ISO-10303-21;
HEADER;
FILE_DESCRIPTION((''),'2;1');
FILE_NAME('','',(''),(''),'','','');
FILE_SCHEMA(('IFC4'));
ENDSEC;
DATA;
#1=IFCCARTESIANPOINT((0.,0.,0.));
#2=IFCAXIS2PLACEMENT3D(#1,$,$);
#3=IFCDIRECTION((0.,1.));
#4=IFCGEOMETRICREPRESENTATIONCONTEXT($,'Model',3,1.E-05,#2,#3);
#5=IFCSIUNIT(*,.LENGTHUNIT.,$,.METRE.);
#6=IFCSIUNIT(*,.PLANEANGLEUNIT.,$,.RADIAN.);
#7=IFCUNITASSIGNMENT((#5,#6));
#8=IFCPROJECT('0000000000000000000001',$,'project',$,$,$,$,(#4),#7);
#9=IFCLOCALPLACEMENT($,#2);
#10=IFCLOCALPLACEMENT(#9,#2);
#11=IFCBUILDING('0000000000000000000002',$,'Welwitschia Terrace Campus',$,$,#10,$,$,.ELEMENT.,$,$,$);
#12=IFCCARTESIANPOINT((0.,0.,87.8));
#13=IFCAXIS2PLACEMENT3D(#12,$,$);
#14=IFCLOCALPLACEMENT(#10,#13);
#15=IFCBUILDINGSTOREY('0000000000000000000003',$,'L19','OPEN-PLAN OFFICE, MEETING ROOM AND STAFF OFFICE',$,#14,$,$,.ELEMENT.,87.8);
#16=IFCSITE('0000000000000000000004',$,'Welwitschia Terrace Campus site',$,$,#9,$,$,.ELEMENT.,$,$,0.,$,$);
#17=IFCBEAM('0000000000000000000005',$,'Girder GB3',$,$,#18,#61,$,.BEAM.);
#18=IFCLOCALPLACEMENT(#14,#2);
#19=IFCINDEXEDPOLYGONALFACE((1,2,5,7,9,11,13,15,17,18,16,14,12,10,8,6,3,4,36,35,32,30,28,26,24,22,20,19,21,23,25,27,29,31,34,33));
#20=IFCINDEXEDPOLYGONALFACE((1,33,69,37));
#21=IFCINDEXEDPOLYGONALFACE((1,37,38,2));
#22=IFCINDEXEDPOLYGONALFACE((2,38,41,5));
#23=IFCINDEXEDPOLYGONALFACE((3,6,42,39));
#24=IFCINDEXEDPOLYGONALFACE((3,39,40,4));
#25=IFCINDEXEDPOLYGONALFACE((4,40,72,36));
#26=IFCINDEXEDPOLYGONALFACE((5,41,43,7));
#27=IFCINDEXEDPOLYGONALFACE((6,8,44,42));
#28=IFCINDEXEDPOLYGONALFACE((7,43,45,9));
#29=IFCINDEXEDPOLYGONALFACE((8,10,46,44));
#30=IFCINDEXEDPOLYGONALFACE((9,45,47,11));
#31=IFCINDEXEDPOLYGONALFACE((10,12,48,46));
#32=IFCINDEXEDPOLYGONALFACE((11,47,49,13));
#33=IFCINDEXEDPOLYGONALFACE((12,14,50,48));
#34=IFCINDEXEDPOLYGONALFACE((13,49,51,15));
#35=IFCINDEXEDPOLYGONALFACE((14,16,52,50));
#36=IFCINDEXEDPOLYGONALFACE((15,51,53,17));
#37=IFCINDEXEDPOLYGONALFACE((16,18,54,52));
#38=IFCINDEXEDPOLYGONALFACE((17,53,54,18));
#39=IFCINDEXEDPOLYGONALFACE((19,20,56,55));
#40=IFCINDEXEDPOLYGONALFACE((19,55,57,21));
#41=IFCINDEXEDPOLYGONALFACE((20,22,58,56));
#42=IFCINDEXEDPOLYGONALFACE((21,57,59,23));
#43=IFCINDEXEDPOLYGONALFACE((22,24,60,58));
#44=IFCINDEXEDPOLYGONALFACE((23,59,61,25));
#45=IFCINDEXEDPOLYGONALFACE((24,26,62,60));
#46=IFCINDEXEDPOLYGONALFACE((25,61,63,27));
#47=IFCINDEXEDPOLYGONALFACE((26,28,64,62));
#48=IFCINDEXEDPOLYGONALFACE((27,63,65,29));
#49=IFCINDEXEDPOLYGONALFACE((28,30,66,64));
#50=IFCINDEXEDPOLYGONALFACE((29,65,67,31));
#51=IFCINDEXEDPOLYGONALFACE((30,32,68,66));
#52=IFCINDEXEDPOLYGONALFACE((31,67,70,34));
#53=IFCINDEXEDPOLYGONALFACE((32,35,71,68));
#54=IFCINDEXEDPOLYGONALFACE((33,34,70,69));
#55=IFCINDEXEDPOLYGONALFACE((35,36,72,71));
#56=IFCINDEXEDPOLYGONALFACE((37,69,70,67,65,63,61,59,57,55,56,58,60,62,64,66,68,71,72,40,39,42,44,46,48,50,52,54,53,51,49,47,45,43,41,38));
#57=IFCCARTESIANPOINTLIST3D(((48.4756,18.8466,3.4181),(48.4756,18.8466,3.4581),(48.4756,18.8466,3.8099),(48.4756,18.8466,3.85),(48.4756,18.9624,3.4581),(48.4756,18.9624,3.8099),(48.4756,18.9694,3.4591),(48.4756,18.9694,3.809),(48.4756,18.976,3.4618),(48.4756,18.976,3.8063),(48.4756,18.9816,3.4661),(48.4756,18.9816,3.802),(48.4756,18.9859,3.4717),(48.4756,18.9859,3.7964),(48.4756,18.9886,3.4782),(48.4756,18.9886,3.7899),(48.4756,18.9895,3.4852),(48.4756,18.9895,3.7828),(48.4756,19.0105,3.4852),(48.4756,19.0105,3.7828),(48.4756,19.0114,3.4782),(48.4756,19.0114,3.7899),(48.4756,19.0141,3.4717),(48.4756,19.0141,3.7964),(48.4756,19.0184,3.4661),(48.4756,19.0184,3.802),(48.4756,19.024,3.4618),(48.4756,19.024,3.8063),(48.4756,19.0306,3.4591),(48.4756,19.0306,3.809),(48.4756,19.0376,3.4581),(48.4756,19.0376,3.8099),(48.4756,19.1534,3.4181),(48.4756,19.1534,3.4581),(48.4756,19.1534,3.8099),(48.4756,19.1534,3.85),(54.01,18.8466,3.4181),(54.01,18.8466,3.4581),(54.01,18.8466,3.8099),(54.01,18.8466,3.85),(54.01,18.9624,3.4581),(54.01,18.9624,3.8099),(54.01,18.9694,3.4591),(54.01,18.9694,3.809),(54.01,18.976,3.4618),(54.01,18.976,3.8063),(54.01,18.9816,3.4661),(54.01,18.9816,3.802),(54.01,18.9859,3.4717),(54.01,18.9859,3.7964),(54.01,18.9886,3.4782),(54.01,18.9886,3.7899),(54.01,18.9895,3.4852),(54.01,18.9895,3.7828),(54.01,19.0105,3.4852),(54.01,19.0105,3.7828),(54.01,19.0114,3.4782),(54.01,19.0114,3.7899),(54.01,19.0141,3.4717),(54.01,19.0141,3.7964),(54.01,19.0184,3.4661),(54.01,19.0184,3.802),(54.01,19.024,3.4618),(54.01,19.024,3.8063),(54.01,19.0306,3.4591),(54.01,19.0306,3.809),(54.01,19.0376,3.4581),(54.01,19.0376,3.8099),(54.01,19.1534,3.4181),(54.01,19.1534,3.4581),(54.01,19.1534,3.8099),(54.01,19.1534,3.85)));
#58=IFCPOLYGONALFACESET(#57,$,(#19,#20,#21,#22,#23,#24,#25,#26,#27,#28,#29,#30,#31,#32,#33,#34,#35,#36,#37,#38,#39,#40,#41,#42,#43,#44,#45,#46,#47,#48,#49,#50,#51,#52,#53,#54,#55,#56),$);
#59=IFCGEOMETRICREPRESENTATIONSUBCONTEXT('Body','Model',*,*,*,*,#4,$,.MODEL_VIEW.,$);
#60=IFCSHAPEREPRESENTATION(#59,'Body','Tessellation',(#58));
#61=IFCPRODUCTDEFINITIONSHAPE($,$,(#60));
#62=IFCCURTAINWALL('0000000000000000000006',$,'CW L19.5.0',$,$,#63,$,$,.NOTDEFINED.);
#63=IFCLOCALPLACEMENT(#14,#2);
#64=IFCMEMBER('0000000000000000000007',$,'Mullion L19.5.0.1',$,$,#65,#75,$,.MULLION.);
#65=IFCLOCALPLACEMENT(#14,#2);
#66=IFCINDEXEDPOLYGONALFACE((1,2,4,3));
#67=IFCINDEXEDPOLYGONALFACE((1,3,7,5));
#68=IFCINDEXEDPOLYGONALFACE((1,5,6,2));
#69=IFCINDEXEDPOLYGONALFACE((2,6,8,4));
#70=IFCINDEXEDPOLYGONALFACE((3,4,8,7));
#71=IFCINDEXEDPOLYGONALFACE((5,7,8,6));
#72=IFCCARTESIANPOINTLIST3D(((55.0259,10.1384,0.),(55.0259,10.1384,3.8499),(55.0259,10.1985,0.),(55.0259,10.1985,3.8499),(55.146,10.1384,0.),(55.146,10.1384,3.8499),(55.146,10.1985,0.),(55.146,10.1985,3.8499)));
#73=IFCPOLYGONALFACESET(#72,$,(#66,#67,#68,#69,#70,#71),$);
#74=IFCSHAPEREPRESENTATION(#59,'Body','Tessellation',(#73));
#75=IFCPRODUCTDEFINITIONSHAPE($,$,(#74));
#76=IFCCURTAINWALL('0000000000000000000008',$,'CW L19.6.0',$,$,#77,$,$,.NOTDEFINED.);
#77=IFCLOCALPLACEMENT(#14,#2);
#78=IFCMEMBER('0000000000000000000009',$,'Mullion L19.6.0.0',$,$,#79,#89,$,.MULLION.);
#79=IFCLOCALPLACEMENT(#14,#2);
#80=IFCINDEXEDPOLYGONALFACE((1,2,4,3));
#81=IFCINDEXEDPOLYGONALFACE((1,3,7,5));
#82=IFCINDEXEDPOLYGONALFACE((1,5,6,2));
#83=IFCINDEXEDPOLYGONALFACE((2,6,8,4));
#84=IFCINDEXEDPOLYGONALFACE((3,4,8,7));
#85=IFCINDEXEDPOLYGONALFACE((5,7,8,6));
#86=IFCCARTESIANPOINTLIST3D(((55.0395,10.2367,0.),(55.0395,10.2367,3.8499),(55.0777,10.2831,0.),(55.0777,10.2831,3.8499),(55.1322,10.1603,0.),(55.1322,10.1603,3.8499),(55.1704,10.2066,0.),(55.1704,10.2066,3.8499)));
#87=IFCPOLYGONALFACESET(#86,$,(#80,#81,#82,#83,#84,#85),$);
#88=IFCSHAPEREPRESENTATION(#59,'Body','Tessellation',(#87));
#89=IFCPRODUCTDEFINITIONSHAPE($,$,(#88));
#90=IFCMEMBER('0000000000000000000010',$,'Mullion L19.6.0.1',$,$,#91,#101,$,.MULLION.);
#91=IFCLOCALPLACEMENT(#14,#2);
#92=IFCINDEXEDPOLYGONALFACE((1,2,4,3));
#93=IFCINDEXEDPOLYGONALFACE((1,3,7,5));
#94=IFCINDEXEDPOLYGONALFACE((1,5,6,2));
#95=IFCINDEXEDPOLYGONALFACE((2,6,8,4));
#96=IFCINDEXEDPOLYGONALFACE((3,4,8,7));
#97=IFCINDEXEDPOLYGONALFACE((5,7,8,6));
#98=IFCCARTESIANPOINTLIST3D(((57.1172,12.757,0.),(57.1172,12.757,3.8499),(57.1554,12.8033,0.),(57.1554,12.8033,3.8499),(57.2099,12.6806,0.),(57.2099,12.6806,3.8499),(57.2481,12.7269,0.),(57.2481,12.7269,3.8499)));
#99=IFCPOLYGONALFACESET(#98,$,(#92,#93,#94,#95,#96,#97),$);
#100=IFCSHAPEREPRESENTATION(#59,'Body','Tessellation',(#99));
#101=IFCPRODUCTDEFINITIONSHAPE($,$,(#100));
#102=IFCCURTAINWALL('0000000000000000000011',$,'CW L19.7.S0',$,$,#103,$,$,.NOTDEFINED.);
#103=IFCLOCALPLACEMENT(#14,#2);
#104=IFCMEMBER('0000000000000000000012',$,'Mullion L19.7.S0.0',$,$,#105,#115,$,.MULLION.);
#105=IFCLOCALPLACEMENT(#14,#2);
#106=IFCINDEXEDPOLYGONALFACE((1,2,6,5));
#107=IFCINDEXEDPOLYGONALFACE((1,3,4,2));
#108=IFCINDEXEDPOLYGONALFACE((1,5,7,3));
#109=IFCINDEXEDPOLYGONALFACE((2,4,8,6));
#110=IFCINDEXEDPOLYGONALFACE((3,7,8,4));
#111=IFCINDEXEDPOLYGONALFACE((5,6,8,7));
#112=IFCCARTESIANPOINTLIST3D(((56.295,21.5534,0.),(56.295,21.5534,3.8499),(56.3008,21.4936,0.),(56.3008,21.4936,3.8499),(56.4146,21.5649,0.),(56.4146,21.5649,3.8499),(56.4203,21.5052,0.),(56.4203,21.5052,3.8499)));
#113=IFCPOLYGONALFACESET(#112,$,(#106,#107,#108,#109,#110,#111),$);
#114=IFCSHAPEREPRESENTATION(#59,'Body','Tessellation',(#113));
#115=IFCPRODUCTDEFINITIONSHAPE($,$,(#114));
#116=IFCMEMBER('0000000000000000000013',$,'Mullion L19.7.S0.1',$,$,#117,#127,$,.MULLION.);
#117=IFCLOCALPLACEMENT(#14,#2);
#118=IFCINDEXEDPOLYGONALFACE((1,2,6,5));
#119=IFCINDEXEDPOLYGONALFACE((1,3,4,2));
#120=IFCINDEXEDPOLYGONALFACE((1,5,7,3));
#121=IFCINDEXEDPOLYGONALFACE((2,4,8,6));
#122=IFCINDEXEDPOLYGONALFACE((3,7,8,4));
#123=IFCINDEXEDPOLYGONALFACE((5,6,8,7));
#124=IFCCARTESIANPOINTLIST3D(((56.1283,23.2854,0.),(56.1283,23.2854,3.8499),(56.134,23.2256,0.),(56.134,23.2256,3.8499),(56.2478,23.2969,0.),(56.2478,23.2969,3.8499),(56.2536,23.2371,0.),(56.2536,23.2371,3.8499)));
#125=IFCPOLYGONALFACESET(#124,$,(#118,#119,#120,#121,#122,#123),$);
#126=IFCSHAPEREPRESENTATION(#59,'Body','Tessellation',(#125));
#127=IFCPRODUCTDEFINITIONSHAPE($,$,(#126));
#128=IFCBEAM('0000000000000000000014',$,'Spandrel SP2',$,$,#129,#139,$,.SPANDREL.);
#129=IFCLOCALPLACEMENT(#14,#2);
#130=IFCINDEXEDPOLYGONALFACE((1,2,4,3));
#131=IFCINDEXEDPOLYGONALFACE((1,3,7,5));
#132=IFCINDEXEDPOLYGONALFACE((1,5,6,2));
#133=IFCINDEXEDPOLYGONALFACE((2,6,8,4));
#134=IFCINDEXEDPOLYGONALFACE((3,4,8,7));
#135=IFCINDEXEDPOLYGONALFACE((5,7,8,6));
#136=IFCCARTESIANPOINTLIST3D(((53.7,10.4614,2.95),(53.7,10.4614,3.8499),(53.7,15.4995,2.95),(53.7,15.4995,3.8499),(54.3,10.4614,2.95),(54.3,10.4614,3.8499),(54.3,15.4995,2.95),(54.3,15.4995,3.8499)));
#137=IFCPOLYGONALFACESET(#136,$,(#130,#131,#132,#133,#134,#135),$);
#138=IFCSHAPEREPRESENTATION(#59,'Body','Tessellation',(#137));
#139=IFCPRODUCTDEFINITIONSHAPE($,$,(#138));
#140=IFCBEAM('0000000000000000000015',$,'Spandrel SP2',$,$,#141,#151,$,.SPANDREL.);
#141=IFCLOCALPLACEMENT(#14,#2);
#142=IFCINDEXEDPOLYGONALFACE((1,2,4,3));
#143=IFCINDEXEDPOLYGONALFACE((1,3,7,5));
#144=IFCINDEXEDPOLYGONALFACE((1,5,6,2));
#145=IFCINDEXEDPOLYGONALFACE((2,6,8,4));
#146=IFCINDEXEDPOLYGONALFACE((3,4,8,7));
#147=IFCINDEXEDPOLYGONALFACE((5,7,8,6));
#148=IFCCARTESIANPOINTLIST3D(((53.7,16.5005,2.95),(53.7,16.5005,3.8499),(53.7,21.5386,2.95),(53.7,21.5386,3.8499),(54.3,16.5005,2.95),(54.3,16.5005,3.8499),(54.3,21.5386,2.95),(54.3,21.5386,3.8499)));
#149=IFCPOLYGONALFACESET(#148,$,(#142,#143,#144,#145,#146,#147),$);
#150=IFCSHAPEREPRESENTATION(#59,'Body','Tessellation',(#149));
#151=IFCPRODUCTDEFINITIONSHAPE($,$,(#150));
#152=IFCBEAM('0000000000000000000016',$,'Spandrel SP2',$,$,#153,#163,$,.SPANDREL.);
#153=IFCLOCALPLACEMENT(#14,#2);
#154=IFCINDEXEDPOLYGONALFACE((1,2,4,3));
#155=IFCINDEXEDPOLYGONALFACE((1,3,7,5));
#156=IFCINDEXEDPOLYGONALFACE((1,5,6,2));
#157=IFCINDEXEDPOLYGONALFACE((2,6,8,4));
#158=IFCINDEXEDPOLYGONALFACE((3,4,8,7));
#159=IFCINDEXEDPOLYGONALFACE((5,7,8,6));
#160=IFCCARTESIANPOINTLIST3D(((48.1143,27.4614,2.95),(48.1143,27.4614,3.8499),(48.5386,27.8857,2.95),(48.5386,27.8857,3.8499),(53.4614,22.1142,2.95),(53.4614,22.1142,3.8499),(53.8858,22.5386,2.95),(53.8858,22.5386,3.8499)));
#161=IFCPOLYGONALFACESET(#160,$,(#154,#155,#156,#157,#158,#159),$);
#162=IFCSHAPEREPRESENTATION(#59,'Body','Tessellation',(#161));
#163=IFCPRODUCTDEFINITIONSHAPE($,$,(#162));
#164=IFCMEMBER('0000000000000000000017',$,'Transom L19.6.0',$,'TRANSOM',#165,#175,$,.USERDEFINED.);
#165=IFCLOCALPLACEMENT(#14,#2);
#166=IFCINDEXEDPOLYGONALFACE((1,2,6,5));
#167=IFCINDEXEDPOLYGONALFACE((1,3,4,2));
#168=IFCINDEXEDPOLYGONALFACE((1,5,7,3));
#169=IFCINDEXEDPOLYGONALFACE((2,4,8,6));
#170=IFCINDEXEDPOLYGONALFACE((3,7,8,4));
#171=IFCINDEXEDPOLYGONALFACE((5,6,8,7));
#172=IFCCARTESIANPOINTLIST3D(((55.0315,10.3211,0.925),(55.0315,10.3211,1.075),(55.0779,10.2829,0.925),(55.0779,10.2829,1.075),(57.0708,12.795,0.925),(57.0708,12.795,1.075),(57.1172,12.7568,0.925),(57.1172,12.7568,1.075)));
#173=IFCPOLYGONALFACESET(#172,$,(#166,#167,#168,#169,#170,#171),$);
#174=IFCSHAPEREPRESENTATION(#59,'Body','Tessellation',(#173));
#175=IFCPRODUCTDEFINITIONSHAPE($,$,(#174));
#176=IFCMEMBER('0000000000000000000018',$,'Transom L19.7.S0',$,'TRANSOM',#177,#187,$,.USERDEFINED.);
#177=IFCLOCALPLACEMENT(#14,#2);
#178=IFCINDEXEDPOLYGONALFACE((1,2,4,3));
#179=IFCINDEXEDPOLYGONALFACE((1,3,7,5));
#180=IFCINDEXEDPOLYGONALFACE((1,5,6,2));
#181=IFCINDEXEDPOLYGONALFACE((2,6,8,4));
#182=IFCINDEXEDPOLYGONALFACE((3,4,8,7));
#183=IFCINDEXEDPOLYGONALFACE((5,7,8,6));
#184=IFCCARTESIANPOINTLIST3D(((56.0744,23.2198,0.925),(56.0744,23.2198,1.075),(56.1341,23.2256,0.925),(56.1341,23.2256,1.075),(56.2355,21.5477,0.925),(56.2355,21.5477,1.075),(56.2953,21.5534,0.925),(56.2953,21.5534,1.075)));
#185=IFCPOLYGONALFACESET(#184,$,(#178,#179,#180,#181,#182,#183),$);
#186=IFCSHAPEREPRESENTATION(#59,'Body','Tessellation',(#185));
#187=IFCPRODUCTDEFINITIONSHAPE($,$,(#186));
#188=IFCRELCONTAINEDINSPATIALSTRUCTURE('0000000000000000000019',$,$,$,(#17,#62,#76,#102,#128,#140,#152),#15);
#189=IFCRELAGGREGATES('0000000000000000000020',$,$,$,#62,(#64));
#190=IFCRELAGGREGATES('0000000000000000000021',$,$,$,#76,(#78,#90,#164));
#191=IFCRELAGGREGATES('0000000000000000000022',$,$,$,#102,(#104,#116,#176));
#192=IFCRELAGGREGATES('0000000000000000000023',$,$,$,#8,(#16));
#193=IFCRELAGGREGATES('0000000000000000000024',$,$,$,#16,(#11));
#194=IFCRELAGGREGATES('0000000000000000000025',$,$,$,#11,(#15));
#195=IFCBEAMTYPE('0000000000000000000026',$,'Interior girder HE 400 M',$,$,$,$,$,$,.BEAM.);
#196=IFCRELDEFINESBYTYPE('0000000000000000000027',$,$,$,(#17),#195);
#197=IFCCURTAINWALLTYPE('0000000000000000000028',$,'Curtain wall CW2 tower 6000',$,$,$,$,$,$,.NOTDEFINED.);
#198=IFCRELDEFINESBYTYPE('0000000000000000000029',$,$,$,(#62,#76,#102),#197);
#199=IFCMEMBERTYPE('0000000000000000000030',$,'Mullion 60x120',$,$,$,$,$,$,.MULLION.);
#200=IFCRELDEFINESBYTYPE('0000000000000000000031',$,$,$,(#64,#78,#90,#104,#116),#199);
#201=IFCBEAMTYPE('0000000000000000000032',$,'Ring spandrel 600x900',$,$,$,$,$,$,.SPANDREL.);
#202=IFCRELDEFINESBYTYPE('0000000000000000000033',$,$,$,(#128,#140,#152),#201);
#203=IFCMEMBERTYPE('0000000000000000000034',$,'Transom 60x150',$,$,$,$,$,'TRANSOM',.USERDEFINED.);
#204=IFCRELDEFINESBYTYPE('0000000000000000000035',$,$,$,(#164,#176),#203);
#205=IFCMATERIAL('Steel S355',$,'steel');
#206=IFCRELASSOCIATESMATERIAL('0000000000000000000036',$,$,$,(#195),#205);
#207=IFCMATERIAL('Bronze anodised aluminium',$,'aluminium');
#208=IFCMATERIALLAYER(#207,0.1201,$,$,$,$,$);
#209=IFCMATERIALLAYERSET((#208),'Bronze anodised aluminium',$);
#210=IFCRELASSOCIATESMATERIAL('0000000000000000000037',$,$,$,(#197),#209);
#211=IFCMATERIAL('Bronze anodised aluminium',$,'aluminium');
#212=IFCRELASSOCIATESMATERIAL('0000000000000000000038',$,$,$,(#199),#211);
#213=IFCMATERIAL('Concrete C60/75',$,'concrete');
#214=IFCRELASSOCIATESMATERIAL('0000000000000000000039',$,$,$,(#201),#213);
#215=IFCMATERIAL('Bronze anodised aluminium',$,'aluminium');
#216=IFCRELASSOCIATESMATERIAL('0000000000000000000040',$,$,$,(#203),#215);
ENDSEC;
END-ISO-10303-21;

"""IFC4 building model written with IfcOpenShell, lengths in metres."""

from ifc_helpers import new_model, si_unit, direction, frame, origin, origin_2d, place, context, subcontext, project, spatial, rectangle, i_section, extrude, material, layer, layer_set, material_profile, profile_set, type_object, element, aggregate, save


model = new_model("IFC4")

# Units and contexts
model_context = context("Model", 3, precision=1e-05, world=origin(), true_north=direction((0.0, 1.0)))
body_context = subcontext(model_context, "Body", "Model", "MODEL_VIEW")
ifc_project = project(units=[si_unit("LENGTHUNIT", "METRE"), si_unit("PLANEANGLEUNIT", "RADIAN")], contexts=[model_context])

# Site, building, storey
site_placement = place(None, origin())
site = spatial("IfcSite", under=ifc_project, at=site_placement, Name="Welwitschia Terrace Campus site", CompositionType="ELEMENT", RefElevation=0.0)
building_placement = place(site_placement, origin())
building = spatial("IfcBuilding", under=site, at=building_placement, Name="Welwitschia Terrace Campus", CompositionType="ELEMENT")
storey_placement = place(building_placement, frame((0.0, 0.0, 87.8)))
storey = spatial("IfcBuildingStorey", under=building, at=storey_placement, Name="L19", Description="OPEN-PLAN OFFICE, MEETING ROOM AND STAFF OFFICE", CompositionType="ELEMENT", Elevation=87.8)

# Beam
ifc_material_1 = material(Name="Steel S355", Category="steel")
ifc_material_profile_1 = material_profile(ifc_material_1, i_section(OverallWidth=0.3069, OverallDepth=0.4319, WebThickness=0.021, FlangeThickness=0.04, FilletRadius=0.0271, at=origin_2d()))
ifc_profile_set_1 = profile_set([ifc_material_profile_1], Name="Steel S355")
beam_type_1 = type_object("IfcBeamType", Name="Interior girder HE 400 M", PredefinedType="BEAM", material=ifc_profile_set_1)
for number, where, z_axis, x_axis, name in (
    (1, (48.4756, 19.0, 3.634), (1.0, 0.0, 0.0), (0.0, 1.0, 0.0), "Girder GB3"),
):
    element("IfcBeam", number, at=place(storey_placement, frame(where, z_axis=z_axis, x_axis=x_axis)), inside=storey, type_object=beam_type_1, Name=name, PredefinedType="BEAM", context=body_context, shape_type="SweptSolid", body=[
        extrude(i_section(OverallWidth=0.3069, OverallDepth=0.4319, WebThickness=0.021, FlangeThickness=0.04, FilletRadius=0.0271, at=origin_2d()), origin(), (0.0, 0.0, 1.0), 5.5344),
    ])

# Curtain wall, member
ifc_material_2 = material(Name="Bronze anodised aluminium", Category="aluminium")
ifc_layer_1 = layer(ifc_material_2, 0.1201)
ifc_layer_set_1 = layer_set([ifc_layer_1], Name="Bronze anodised aluminium")
curtain_wall_type = type_object("IfcCurtainWallType", Name="Curtain wall CW2 tower 6000", PredefinedType="NOTDEFINED", material=ifc_layer_set_1)
curtain_wall_1_placement = place(storey_placement, origin())
curtain_wall_1 = element("IfcCurtainWall", 2, at=curtain_wall_1_placement, inside=storey, type_object=curtain_wall_type, Name="CW L19.5.0", PredefinedType="NOTDEFINED")
ifc_material_3 = material(Name="Bronze anodised aluminium", Category="aluminium")
ifc_material_profile_2 = material_profile(ifc_material_3, rectangle(XDim=0.1201, YDim=0.0601, at=origin_2d()))
ifc_profile_set_2 = profile_set([ifc_material_profile_2], Name="Bronze anodised aluminium")
member_type_1 = type_object("IfcMemberType", Name="Mullion 60x120", PredefinedType="MULLION", material=ifc_profile_set_2)
member_1_placement = place(storey_placement, frame((55.0859, 10.1685, 0.0), z_axis=(0.0, 0.0, 1.0), x_axis=(-1.0, 0.0, 0.0)))
member_1 = element("IfcMember", 3, at=member_1_placement, type_object=member_type_1, Name="Mullion L19.5.0.1", PredefinedType="MULLION", context=body_context, shape_type="SweptSolid", body=[
    extrude(rectangle(XDim=0.1201, YDim=0.0601, at=origin_2d()), origin(), (0.0, 0.0, 1.0), 3.8499),
])

# Curtain walls, members
curtain_wall_2_placement = place(storey_placement, origin())
curtain_wall_2 = element("IfcCurtainWall", 4, at=curtain_wall_2_placement, inside=storey, type_object=curtain_wall_type, Name="CW L19.6.0", PredefinedType="NOTDEFINED")
member_2_placement = place(storey_placement, frame((55.105, 10.2217, 0.0), z_axis=(0.0, 0.0, 1.0), x_axis=(-0.771625, 0.636078, 0.0)))
member_2 = element("IfcMember", 5, at=member_2_placement, type_object=member_type_1, Name="Mullion L19.6.0.0", PredefinedType="MULLION", context=body_context, shape_type="SweptSolid", body=[
    extrude(rectangle(XDim=0.1201, YDim=0.0601, at=origin_2d()), origin(), (0.0, 0.0, 1.0), 3.8499),
])
member_3_placement = place(storey_placement, frame((57.1826, 12.7419, 0.0), z_axis=(0.0, 0.0, 1.0), x_axis=(-0.771625, 0.636078, 0.0)))
member_3 = element("IfcMember", 6, at=member_3_placement, type_object=member_type_1, Name="Mullion L19.6.0.1", PredefinedType="MULLION", context=body_context, shape_type="SweptSolid", body=[
    extrude(rectangle(XDim=0.1201, YDim=0.0601, at=origin_2d()), origin(), (0.0, 0.0, 1.0), 3.8499),
])
curtain_wall_3_placement = place(storey_placement, origin())
curtain_wall_3 = element("IfcCurtainWall", 7, at=curtain_wall_3_placement, inside=storey, type_object=curtain_wall_type, Name="CW L19.7.S0", PredefinedType="NOTDEFINED")
member_4_placement = place(storey_placement, frame((56.3577, 21.5293, 0.0), z_axis=(0.0, 0.0, 1.0), x_axis=(-0.995396, -0.095846, 0.0)))
member_4 = element("IfcMember", 8, at=member_4_placement, type_object=member_type_1, Name="Mullion L19.7.S0.0", PredefinedType="MULLION", context=body_context, shape_type="SweptSolid", body=[
    extrude(rectangle(XDim=0.1201, YDim=0.0601, at=origin_2d()), origin(), (0.0, 0.0, 1.0), 3.8499),
])
member_5_placement = place(storey_placement, frame((56.1909, 23.2612, 0.0), z_axis=(0.0, 0.0, 1.0), x_axis=(-0.995396, -0.095846, 0.0)))
member_5 = element("IfcMember", 9, at=member_5_placement, type_object=member_type_1, Name="Mullion L19.7.S0.1", PredefinedType="MULLION", context=body_context, shape_type="SweptSolid", body=[
    extrude(rectangle(XDim=0.1201, YDim=0.0601, at=origin_2d()), origin(), (0.0, 0.0, 1.0), 3.8499),
])

# Beams
ifc_material_4 = material(Name="Concrete C60/75", Category="concrete")
ifc_material_profile_3 = material_profile(ifc_material_4, rectangle(XDim=0.6001, YDim=0.8999, at=origin_2d()))
ifc_profile_set_3 = profile_set([ifc_material_profile_3], Name="Concrete C60/75")
beam_type_2 = type_object("IfcBeamType", Name="Ring spandrel 600x900", PredefinedType="SPANDREL", material=ifc_profile_set_3)
for number, where, z_axis, x_axis, name in (
    (10, (54.0, 10.4614, 3.3999), (0.0, 1.0, 0.0), (-1.0, 0.0, 0.0), "Spandrel SP2"),
    (11, (54.0, 16.5005, 3.3999), (0.0, 1.0, 0.0), (-1.0, 0.0, 0.0), "Spandrel SP2"),
):
    element("IfcBeam", number, at=place(storey_placement, frame(where, z_axis=z_axis, x_axis=x_axis)), inside=storey, type_object=beam_type_2, Name=name, PredefinedType="SPANDREL", context=body_context, shape_type="SweptSolid", body=[
        extrude(rectangle(XDim=0.6001, YDim=0.8999, at=origin_2d()), origin(), (0.0, 0.0, 1.0), 5.0381),
    ])
beam_placement = place(storey_placement, frame((53.6736, 22.3264, 3.3999), z_axis=(-0.707107, 0.707107, 0.0), x_axis=(-0.707107, -0.707107, 0.0)))
element("IfcBeam", 12, at=beam_placement, inside=storey, type_object=beam_type_2, Name="Spandrel SP2", PredefinedType="SPANDREL", context=body_context, shape_type="SweptSolid", body=[
    extrude(rectangle(XDim=0.6001, YDim=0.8999, at=origin_2d()), origin(), (0.0, 0.0, 1.0), 7.562),
])

# Members
ifc_material_5 = material(Name="Bronze anodised aluminium", Category="aluminium")
ifc_material_profile_4 = material_profile(ifc_material_5, rectangle(XDim=0.0601, YDim=0.1499, at=origin_2d()))
ifc_profile_set_4 = profile_set([ifc_material_profile_4], Name="Bronze anodised aluminium")
member_type_2 = type_object("IfcMemberType", Name="Transom 60x150", ElementType="TRANSOM", PredefinedType="USERDEFINED", material=ifc_profile_set_4)
member_6_placement = place(storey_placement, frame((55.0547, 10.302, 1.0), z_axis=(0.636078, 0.771625, 0.0), x_axis=(-0.771625, 0.636078, 0.0)))
member_6 = element("IfcMember", 13, at=member_6_placement, type_object=member_type_2, Name="Transom L19.6.0", ObjectType="TRANSOM", PredefinedType="USERDEFINED", context=body_context, shape_type="SweptSolid", body=[
    extrude(rectangle(XDim=0.0601, YDim=0.1499, at=origin_2d()), origin(), (0.0, 0.0, 1.0), 3.2061),
])
member_7_placement = place(storey_placement, frame((56.2654, 21.5505, 1.0), z_axis=(-0.09592, 0.995389, 0.0), x_axis=(-0.995389, -0.09592, 0.0)))
member_7 = element("IfcMember", 14, at=member_7_placement, type_object=member_type_2, Name="Transom L19.7.S0", ObjectType="TRANSOM", PredefinedType="USERDEFINED", context=body_context, shape_type="SweptSolid", body=[
    extrude(rectangle(XDim=0.0601, YDim=0.1499, at=origin_2d()), origin(), (0.0, 0.0, 1.0), 1.6799),
])

aggregate(curtain_wall_1, [member_1])
aggregate(curtain_wall_2, [member_2, member_3, member_6])
aggregate(curtain_wall_3, [member_4, member_5, member_7])

save(model, "model.ifc")
